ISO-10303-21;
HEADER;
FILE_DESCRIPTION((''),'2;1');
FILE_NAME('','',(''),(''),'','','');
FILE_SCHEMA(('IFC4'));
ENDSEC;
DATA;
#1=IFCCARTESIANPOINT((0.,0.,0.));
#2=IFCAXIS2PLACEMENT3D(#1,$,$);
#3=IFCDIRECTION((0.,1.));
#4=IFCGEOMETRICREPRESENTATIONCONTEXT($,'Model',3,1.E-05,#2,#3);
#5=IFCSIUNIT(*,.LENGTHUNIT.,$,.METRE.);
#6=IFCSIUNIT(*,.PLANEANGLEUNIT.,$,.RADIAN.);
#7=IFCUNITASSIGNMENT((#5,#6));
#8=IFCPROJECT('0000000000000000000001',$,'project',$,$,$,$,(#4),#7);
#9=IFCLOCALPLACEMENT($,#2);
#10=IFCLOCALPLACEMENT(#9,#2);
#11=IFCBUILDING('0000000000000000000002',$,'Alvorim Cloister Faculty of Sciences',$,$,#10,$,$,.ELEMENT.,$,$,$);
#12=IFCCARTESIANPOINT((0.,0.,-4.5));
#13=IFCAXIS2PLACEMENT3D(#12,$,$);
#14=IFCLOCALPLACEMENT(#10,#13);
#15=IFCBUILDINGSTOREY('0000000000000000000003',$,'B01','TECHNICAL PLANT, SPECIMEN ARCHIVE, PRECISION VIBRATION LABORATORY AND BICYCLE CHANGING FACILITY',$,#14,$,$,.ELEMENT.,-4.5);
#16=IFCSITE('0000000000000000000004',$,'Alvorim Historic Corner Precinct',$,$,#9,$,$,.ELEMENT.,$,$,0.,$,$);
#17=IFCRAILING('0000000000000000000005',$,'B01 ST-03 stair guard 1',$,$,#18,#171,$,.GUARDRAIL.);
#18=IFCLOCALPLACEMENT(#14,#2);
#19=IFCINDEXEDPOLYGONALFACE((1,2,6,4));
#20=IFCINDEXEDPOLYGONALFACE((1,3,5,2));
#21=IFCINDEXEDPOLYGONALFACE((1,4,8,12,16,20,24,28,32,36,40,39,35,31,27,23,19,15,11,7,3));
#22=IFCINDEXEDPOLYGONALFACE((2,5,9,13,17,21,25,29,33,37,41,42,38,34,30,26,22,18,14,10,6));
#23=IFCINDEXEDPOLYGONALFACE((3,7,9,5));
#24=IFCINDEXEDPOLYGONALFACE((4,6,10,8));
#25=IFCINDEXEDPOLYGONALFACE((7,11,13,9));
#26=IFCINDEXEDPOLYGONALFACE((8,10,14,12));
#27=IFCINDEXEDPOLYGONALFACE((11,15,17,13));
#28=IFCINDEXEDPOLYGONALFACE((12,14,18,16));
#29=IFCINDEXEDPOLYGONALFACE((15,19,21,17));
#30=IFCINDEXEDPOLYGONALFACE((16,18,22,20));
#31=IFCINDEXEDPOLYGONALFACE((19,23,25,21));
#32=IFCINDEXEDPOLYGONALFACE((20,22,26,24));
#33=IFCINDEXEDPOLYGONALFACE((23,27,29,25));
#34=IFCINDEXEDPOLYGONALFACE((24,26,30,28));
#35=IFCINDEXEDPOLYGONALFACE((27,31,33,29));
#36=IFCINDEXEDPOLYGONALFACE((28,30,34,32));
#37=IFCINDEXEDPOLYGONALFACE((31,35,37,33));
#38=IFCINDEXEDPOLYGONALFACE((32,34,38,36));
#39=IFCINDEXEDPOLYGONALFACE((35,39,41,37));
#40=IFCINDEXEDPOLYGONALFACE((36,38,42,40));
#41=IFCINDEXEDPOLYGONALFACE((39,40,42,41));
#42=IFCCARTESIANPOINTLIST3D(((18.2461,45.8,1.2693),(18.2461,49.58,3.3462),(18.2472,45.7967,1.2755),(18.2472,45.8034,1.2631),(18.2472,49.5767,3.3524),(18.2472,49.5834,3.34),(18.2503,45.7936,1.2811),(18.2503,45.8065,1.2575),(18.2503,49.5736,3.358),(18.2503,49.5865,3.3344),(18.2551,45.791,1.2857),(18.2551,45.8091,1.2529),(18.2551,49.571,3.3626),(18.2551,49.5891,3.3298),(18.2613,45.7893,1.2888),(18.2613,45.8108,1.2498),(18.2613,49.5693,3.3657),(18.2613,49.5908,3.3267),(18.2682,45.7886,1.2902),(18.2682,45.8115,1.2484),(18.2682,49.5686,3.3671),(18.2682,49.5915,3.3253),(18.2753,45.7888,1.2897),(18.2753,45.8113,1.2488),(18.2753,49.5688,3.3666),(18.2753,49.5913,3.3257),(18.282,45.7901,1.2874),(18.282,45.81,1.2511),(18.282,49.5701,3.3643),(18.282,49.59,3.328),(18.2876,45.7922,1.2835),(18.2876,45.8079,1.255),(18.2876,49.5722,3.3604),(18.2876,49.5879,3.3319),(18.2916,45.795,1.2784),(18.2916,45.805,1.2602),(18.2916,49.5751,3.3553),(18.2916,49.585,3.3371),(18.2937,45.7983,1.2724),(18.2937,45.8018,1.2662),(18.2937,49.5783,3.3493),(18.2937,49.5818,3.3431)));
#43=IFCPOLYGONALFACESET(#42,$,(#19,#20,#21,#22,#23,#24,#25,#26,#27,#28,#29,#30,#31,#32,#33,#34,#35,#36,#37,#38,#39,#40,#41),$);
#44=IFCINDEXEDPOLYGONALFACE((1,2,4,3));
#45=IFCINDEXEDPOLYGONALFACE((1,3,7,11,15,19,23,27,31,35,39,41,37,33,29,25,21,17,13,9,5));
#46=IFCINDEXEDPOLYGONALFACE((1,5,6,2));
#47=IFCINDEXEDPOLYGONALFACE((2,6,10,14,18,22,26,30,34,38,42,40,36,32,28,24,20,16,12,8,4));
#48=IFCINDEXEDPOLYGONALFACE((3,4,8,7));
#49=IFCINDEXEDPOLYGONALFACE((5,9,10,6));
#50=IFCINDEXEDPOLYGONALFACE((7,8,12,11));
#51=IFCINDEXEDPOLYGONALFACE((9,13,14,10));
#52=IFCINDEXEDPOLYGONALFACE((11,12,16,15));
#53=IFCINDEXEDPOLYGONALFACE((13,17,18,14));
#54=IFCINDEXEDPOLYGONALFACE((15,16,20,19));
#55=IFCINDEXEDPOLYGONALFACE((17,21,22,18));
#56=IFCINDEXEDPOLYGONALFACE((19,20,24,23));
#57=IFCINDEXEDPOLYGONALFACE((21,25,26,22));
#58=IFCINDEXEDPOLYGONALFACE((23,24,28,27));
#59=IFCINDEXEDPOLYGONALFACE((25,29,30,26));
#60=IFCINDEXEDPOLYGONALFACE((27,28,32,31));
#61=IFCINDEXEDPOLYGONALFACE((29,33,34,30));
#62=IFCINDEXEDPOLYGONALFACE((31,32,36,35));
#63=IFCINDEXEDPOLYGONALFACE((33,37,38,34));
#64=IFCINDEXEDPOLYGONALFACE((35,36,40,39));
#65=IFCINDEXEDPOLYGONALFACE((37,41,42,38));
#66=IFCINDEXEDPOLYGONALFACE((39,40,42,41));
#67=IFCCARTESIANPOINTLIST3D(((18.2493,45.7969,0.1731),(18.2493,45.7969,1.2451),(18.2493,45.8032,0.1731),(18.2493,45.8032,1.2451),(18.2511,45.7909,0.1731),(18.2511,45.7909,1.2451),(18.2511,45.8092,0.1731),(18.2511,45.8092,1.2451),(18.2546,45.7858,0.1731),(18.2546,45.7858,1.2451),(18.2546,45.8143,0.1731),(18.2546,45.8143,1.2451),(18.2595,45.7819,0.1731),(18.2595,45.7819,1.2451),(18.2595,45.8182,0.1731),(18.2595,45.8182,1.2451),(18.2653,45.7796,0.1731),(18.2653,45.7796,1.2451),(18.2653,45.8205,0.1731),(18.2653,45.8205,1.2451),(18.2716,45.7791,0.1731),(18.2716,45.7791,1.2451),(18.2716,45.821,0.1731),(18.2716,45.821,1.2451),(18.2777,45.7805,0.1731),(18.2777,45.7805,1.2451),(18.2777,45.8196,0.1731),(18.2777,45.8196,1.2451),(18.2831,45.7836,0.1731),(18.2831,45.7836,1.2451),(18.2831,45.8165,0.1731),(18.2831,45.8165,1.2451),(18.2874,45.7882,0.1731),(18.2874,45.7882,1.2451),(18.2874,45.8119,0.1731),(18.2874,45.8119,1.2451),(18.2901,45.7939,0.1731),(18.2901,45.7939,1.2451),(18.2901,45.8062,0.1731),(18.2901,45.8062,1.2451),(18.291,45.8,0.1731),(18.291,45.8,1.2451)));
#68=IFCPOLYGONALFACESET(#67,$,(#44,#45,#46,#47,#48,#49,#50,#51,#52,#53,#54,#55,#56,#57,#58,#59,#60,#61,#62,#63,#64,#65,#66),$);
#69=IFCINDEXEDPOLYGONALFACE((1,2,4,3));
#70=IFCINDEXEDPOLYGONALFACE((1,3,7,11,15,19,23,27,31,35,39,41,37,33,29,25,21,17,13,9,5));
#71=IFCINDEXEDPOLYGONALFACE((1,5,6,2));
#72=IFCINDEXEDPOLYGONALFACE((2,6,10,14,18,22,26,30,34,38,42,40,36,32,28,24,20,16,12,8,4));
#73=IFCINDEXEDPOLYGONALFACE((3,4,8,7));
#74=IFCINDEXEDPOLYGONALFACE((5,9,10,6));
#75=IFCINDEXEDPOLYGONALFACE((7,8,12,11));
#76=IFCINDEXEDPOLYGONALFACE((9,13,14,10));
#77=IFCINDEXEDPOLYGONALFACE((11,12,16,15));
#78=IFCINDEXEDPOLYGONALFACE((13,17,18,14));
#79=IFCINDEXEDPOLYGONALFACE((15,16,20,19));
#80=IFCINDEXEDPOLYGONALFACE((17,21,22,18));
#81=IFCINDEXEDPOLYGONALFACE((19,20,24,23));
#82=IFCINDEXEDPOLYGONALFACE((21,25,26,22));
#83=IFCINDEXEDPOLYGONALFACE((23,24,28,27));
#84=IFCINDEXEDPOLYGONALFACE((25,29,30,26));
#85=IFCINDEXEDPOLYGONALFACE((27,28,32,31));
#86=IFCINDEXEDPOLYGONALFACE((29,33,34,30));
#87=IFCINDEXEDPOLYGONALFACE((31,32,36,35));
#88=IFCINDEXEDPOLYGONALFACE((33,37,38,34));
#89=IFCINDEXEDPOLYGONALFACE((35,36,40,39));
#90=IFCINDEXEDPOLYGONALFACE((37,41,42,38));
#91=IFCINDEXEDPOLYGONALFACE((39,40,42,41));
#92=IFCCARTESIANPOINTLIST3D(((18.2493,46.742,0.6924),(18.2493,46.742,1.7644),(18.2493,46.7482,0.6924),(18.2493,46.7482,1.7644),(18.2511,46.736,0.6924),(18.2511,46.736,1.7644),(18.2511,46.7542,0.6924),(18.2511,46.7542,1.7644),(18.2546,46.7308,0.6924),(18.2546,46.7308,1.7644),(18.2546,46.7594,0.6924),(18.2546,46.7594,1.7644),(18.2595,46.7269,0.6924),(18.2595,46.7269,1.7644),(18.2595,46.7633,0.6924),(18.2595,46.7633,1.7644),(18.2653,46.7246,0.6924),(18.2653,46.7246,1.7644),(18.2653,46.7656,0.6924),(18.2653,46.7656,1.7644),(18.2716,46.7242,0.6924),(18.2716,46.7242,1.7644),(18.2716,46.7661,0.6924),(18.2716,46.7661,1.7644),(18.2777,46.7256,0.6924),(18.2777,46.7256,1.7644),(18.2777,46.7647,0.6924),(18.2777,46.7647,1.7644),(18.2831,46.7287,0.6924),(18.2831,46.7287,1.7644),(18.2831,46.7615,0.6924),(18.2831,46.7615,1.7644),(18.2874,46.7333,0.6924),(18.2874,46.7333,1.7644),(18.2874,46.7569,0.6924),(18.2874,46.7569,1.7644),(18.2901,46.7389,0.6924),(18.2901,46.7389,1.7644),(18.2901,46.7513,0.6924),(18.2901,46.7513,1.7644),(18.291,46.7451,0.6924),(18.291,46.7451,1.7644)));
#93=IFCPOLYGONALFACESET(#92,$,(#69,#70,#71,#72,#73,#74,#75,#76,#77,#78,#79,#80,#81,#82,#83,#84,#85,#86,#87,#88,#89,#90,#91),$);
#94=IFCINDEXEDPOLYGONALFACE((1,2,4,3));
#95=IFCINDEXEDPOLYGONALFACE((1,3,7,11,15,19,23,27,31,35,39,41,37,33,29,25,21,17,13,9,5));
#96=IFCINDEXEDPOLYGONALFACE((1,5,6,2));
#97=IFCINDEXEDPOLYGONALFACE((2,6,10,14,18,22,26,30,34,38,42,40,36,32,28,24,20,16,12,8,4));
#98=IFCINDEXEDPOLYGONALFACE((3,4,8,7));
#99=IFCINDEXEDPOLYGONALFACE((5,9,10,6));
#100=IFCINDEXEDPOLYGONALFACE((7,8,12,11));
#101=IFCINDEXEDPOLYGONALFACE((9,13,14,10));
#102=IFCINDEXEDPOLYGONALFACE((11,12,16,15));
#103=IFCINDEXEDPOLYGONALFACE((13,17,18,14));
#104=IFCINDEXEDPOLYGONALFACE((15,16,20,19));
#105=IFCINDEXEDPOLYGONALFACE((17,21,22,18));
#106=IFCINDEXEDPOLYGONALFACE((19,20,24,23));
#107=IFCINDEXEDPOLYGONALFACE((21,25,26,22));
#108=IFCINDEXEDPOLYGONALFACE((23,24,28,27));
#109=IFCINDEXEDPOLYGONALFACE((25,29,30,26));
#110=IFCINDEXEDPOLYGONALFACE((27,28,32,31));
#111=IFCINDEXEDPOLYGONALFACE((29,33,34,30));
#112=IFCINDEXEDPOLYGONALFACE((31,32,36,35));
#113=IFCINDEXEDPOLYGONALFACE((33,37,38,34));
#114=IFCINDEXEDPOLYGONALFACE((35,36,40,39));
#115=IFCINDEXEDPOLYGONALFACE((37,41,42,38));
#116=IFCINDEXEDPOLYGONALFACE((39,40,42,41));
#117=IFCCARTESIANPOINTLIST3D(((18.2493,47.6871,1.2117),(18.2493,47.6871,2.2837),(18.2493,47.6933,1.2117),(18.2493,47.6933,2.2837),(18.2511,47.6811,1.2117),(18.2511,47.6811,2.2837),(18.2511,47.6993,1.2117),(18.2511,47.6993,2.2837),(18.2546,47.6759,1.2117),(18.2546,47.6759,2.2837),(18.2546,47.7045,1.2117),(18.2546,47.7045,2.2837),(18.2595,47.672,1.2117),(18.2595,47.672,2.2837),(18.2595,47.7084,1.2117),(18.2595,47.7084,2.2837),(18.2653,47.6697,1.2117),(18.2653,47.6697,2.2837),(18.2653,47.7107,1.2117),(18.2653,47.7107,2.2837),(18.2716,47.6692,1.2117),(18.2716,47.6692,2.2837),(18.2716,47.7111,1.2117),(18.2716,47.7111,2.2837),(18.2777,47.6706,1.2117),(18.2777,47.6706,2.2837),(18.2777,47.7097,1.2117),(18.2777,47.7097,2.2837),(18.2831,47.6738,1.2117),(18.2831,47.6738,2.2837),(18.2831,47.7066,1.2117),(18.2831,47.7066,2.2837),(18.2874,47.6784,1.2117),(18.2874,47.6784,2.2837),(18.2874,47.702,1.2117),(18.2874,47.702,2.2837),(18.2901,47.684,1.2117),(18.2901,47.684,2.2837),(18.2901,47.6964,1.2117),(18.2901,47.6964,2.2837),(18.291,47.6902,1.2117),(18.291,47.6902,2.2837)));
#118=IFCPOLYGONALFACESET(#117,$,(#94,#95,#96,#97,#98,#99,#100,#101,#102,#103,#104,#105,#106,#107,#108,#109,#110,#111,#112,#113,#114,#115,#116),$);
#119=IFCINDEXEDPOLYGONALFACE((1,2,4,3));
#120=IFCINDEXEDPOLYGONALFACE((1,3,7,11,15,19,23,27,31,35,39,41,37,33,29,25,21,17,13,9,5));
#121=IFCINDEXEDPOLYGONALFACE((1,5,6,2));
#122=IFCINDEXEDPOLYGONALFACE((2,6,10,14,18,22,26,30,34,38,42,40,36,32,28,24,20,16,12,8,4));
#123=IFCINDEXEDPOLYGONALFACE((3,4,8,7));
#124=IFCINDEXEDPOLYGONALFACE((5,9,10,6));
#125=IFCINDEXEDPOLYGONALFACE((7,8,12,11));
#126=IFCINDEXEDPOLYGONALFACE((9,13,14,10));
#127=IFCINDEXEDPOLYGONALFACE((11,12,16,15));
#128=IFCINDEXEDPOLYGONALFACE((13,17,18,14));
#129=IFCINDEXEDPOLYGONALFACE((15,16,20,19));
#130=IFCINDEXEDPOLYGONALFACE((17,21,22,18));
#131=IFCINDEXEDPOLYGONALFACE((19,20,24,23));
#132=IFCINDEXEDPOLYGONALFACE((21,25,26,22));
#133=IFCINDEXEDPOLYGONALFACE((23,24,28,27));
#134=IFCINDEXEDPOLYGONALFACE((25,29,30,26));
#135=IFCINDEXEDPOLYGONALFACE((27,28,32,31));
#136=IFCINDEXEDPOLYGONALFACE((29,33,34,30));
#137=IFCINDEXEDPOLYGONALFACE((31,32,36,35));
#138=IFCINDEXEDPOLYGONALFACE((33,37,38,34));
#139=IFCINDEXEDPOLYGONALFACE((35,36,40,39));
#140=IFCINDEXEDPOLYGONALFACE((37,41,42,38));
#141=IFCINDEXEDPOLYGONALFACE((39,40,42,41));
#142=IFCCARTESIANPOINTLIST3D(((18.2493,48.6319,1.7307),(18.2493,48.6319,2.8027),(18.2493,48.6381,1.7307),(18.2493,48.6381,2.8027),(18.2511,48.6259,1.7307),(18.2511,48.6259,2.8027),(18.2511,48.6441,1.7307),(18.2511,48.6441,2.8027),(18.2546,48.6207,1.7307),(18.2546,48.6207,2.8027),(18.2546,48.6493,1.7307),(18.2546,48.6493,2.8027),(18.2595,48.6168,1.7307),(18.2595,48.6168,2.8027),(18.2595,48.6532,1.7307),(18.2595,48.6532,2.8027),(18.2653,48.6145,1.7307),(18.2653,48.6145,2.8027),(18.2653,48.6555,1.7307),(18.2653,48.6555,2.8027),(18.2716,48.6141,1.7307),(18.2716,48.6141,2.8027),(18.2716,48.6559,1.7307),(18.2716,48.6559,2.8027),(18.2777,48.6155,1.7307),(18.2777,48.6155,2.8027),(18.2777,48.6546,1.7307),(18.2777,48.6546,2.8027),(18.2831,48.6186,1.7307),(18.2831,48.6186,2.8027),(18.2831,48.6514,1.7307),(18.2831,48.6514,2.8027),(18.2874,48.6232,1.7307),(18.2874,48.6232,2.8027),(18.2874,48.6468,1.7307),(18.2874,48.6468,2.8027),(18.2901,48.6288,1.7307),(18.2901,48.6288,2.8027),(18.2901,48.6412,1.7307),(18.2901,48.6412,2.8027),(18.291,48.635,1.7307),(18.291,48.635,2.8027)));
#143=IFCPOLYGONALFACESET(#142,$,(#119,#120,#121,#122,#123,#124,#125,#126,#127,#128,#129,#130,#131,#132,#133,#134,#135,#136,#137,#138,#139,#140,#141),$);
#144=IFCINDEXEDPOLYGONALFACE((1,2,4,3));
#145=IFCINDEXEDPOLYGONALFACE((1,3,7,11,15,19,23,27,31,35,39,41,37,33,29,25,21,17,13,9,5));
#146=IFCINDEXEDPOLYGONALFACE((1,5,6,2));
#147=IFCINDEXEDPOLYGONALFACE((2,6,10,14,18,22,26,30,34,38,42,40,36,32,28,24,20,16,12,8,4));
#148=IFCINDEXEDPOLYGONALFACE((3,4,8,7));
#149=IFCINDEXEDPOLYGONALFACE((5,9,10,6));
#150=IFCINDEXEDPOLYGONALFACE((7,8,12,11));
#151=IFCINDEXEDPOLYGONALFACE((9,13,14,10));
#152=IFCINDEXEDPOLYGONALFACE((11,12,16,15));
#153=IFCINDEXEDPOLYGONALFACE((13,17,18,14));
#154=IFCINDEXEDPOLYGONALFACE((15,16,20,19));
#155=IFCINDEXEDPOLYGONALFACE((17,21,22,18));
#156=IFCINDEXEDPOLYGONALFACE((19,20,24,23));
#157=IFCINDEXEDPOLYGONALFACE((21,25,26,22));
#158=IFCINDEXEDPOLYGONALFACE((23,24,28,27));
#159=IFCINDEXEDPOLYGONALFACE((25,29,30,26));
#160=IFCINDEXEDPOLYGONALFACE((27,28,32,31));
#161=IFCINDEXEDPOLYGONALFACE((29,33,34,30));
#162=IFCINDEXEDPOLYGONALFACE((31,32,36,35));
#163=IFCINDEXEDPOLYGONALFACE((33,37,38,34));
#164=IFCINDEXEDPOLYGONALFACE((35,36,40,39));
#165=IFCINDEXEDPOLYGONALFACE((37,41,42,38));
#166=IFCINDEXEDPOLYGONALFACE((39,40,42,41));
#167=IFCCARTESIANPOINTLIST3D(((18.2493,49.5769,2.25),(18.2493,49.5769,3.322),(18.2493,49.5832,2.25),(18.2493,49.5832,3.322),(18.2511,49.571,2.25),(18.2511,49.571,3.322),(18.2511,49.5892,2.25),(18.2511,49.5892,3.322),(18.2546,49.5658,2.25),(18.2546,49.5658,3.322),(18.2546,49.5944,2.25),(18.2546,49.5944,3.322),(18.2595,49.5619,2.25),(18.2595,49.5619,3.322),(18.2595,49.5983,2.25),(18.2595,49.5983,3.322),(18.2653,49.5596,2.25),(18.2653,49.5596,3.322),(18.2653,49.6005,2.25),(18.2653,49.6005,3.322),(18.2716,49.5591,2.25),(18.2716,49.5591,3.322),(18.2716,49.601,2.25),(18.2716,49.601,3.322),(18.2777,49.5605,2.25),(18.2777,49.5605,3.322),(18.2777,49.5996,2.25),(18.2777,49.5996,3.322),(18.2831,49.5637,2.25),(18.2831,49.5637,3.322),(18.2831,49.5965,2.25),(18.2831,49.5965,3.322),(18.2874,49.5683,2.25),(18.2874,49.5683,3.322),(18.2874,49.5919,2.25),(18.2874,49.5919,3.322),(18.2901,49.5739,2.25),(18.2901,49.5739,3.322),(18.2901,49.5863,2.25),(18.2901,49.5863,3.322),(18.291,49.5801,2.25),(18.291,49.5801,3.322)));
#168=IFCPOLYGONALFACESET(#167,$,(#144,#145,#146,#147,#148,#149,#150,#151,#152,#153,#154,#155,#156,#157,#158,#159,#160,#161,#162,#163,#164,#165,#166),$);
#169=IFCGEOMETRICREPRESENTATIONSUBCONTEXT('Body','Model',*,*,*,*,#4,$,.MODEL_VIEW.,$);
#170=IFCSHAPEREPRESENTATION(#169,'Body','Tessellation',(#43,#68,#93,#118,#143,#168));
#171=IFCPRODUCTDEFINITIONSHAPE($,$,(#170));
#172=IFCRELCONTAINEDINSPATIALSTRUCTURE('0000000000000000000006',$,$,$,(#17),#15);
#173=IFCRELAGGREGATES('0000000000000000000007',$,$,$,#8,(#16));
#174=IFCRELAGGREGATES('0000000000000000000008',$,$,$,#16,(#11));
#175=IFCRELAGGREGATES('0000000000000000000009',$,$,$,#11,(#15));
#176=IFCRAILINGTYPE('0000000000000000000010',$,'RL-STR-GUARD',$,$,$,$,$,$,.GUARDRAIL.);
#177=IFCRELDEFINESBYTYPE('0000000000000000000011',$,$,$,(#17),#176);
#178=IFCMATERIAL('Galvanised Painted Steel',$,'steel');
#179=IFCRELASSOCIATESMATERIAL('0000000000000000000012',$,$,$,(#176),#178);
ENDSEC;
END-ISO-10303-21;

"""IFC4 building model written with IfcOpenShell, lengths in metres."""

from ifc_helpers import new_model, si_unit, direction, frame, origin, origin_2d, place, context, subcontext, project, spatial, circle, extrude, material, type_object, element, save


model = new_model("IFC4")

# Units and contexts
model_context = context("Model", 3, precision=1e-05, world=origin(), true_north=direction((0.0, 1.0)))
body_context = subcontext(model_context, "Body", "Model", "MODEL_VIEW")
ifc_project = project(units=[si_unit("LENGTHUNIT", "METRE"), si_unit("PLANEANGLEUNIT", "RADIAN")], contexts=[model_context])

# Site, building, storey
site_placement = place(None, origin())
site = spatial("IfcSite", under=ifc_project, at=site_placement, Name="Alvorim Historic Corner Precinct", CompositionType="ELEMENT", RefElevation=0.0)
building_placement = place(site_placement, origin())
building = spatial("IfcBuilding", under=site, at=building_placement, Name="Alvorim Cloister Faculty of Sciences", CompositionType="ELEMENT")
storey_placement = place(building_placement, frame((0.0, 0.0, -4.5)))
storey = spatial("IfcBuildingStorey", under=building, at=storey_placement, Name="B01", Description="TECHNICAL PLANT, SPECIMEN ARCHIVE, PRECISION VIBRATION LABORATORY AND BICYCLE CHANGING FACILITY", CompositionType="ELEMENT", Elevation=-4.5)

# Railing
ifc_material_1 = material(Name="Galvanised Painted Steel", Category="steel")
railing_type_1 = type_object("IfcRailingType", Name="RL-STR-GUARD", PredefinedType="GUARDRAIL", material=ifc_material_1)
railing_1_placement = place(storey_placement, frame((18.27, 45.8, 0.1731)))
element("IfcRailing", 1, at=railing_1_placement, inside=storey, type_object=railing_type_1, Name="B01 ST-03 stair guard 1", PredefinedType="GUARDRAIL", context=body_context, shape_type="SweptSolid", body=[
    extrude(circle(Radius=0.0239, at=origin_2d()), frame((0.0, 0.0, 1.0962), z_axis=(0.0, 0.876423, 0.481543), x_axis=(-1.0, 0.0, 0.0)), (0.0, 0.0, 1.0), 4.313),
    extrude(circle(Radius=0.021, at=origin_2d()), origin(), (0.0, 0.0, 1.0), 1.072),
    extrude(circle(Radius=0.021, at=origin_2d()), frame((0.0, 0.9451, 0.5193)), (0.0, 0.0, 1.0), 1.072),
    extrude(circle(Radius=0.021, at=origin_2d()), frame((0.0, 1.8901, 1.0386)), (0.0, 0.0, 1.0), 1.072),
    extrude(circle(Radius=0.021, at=origin_2d()), frame((0.0, 2.835, 1.5576)), (0.0, 0.0, 1.0), 1.072),
    extrude(circle(Radius=0.021, at=origin_2d()), frame((0.0, 3.78, 2.0769)), (0.0, 0.0, 1.0), 1.072),
])

save(model, "model.ifc")
